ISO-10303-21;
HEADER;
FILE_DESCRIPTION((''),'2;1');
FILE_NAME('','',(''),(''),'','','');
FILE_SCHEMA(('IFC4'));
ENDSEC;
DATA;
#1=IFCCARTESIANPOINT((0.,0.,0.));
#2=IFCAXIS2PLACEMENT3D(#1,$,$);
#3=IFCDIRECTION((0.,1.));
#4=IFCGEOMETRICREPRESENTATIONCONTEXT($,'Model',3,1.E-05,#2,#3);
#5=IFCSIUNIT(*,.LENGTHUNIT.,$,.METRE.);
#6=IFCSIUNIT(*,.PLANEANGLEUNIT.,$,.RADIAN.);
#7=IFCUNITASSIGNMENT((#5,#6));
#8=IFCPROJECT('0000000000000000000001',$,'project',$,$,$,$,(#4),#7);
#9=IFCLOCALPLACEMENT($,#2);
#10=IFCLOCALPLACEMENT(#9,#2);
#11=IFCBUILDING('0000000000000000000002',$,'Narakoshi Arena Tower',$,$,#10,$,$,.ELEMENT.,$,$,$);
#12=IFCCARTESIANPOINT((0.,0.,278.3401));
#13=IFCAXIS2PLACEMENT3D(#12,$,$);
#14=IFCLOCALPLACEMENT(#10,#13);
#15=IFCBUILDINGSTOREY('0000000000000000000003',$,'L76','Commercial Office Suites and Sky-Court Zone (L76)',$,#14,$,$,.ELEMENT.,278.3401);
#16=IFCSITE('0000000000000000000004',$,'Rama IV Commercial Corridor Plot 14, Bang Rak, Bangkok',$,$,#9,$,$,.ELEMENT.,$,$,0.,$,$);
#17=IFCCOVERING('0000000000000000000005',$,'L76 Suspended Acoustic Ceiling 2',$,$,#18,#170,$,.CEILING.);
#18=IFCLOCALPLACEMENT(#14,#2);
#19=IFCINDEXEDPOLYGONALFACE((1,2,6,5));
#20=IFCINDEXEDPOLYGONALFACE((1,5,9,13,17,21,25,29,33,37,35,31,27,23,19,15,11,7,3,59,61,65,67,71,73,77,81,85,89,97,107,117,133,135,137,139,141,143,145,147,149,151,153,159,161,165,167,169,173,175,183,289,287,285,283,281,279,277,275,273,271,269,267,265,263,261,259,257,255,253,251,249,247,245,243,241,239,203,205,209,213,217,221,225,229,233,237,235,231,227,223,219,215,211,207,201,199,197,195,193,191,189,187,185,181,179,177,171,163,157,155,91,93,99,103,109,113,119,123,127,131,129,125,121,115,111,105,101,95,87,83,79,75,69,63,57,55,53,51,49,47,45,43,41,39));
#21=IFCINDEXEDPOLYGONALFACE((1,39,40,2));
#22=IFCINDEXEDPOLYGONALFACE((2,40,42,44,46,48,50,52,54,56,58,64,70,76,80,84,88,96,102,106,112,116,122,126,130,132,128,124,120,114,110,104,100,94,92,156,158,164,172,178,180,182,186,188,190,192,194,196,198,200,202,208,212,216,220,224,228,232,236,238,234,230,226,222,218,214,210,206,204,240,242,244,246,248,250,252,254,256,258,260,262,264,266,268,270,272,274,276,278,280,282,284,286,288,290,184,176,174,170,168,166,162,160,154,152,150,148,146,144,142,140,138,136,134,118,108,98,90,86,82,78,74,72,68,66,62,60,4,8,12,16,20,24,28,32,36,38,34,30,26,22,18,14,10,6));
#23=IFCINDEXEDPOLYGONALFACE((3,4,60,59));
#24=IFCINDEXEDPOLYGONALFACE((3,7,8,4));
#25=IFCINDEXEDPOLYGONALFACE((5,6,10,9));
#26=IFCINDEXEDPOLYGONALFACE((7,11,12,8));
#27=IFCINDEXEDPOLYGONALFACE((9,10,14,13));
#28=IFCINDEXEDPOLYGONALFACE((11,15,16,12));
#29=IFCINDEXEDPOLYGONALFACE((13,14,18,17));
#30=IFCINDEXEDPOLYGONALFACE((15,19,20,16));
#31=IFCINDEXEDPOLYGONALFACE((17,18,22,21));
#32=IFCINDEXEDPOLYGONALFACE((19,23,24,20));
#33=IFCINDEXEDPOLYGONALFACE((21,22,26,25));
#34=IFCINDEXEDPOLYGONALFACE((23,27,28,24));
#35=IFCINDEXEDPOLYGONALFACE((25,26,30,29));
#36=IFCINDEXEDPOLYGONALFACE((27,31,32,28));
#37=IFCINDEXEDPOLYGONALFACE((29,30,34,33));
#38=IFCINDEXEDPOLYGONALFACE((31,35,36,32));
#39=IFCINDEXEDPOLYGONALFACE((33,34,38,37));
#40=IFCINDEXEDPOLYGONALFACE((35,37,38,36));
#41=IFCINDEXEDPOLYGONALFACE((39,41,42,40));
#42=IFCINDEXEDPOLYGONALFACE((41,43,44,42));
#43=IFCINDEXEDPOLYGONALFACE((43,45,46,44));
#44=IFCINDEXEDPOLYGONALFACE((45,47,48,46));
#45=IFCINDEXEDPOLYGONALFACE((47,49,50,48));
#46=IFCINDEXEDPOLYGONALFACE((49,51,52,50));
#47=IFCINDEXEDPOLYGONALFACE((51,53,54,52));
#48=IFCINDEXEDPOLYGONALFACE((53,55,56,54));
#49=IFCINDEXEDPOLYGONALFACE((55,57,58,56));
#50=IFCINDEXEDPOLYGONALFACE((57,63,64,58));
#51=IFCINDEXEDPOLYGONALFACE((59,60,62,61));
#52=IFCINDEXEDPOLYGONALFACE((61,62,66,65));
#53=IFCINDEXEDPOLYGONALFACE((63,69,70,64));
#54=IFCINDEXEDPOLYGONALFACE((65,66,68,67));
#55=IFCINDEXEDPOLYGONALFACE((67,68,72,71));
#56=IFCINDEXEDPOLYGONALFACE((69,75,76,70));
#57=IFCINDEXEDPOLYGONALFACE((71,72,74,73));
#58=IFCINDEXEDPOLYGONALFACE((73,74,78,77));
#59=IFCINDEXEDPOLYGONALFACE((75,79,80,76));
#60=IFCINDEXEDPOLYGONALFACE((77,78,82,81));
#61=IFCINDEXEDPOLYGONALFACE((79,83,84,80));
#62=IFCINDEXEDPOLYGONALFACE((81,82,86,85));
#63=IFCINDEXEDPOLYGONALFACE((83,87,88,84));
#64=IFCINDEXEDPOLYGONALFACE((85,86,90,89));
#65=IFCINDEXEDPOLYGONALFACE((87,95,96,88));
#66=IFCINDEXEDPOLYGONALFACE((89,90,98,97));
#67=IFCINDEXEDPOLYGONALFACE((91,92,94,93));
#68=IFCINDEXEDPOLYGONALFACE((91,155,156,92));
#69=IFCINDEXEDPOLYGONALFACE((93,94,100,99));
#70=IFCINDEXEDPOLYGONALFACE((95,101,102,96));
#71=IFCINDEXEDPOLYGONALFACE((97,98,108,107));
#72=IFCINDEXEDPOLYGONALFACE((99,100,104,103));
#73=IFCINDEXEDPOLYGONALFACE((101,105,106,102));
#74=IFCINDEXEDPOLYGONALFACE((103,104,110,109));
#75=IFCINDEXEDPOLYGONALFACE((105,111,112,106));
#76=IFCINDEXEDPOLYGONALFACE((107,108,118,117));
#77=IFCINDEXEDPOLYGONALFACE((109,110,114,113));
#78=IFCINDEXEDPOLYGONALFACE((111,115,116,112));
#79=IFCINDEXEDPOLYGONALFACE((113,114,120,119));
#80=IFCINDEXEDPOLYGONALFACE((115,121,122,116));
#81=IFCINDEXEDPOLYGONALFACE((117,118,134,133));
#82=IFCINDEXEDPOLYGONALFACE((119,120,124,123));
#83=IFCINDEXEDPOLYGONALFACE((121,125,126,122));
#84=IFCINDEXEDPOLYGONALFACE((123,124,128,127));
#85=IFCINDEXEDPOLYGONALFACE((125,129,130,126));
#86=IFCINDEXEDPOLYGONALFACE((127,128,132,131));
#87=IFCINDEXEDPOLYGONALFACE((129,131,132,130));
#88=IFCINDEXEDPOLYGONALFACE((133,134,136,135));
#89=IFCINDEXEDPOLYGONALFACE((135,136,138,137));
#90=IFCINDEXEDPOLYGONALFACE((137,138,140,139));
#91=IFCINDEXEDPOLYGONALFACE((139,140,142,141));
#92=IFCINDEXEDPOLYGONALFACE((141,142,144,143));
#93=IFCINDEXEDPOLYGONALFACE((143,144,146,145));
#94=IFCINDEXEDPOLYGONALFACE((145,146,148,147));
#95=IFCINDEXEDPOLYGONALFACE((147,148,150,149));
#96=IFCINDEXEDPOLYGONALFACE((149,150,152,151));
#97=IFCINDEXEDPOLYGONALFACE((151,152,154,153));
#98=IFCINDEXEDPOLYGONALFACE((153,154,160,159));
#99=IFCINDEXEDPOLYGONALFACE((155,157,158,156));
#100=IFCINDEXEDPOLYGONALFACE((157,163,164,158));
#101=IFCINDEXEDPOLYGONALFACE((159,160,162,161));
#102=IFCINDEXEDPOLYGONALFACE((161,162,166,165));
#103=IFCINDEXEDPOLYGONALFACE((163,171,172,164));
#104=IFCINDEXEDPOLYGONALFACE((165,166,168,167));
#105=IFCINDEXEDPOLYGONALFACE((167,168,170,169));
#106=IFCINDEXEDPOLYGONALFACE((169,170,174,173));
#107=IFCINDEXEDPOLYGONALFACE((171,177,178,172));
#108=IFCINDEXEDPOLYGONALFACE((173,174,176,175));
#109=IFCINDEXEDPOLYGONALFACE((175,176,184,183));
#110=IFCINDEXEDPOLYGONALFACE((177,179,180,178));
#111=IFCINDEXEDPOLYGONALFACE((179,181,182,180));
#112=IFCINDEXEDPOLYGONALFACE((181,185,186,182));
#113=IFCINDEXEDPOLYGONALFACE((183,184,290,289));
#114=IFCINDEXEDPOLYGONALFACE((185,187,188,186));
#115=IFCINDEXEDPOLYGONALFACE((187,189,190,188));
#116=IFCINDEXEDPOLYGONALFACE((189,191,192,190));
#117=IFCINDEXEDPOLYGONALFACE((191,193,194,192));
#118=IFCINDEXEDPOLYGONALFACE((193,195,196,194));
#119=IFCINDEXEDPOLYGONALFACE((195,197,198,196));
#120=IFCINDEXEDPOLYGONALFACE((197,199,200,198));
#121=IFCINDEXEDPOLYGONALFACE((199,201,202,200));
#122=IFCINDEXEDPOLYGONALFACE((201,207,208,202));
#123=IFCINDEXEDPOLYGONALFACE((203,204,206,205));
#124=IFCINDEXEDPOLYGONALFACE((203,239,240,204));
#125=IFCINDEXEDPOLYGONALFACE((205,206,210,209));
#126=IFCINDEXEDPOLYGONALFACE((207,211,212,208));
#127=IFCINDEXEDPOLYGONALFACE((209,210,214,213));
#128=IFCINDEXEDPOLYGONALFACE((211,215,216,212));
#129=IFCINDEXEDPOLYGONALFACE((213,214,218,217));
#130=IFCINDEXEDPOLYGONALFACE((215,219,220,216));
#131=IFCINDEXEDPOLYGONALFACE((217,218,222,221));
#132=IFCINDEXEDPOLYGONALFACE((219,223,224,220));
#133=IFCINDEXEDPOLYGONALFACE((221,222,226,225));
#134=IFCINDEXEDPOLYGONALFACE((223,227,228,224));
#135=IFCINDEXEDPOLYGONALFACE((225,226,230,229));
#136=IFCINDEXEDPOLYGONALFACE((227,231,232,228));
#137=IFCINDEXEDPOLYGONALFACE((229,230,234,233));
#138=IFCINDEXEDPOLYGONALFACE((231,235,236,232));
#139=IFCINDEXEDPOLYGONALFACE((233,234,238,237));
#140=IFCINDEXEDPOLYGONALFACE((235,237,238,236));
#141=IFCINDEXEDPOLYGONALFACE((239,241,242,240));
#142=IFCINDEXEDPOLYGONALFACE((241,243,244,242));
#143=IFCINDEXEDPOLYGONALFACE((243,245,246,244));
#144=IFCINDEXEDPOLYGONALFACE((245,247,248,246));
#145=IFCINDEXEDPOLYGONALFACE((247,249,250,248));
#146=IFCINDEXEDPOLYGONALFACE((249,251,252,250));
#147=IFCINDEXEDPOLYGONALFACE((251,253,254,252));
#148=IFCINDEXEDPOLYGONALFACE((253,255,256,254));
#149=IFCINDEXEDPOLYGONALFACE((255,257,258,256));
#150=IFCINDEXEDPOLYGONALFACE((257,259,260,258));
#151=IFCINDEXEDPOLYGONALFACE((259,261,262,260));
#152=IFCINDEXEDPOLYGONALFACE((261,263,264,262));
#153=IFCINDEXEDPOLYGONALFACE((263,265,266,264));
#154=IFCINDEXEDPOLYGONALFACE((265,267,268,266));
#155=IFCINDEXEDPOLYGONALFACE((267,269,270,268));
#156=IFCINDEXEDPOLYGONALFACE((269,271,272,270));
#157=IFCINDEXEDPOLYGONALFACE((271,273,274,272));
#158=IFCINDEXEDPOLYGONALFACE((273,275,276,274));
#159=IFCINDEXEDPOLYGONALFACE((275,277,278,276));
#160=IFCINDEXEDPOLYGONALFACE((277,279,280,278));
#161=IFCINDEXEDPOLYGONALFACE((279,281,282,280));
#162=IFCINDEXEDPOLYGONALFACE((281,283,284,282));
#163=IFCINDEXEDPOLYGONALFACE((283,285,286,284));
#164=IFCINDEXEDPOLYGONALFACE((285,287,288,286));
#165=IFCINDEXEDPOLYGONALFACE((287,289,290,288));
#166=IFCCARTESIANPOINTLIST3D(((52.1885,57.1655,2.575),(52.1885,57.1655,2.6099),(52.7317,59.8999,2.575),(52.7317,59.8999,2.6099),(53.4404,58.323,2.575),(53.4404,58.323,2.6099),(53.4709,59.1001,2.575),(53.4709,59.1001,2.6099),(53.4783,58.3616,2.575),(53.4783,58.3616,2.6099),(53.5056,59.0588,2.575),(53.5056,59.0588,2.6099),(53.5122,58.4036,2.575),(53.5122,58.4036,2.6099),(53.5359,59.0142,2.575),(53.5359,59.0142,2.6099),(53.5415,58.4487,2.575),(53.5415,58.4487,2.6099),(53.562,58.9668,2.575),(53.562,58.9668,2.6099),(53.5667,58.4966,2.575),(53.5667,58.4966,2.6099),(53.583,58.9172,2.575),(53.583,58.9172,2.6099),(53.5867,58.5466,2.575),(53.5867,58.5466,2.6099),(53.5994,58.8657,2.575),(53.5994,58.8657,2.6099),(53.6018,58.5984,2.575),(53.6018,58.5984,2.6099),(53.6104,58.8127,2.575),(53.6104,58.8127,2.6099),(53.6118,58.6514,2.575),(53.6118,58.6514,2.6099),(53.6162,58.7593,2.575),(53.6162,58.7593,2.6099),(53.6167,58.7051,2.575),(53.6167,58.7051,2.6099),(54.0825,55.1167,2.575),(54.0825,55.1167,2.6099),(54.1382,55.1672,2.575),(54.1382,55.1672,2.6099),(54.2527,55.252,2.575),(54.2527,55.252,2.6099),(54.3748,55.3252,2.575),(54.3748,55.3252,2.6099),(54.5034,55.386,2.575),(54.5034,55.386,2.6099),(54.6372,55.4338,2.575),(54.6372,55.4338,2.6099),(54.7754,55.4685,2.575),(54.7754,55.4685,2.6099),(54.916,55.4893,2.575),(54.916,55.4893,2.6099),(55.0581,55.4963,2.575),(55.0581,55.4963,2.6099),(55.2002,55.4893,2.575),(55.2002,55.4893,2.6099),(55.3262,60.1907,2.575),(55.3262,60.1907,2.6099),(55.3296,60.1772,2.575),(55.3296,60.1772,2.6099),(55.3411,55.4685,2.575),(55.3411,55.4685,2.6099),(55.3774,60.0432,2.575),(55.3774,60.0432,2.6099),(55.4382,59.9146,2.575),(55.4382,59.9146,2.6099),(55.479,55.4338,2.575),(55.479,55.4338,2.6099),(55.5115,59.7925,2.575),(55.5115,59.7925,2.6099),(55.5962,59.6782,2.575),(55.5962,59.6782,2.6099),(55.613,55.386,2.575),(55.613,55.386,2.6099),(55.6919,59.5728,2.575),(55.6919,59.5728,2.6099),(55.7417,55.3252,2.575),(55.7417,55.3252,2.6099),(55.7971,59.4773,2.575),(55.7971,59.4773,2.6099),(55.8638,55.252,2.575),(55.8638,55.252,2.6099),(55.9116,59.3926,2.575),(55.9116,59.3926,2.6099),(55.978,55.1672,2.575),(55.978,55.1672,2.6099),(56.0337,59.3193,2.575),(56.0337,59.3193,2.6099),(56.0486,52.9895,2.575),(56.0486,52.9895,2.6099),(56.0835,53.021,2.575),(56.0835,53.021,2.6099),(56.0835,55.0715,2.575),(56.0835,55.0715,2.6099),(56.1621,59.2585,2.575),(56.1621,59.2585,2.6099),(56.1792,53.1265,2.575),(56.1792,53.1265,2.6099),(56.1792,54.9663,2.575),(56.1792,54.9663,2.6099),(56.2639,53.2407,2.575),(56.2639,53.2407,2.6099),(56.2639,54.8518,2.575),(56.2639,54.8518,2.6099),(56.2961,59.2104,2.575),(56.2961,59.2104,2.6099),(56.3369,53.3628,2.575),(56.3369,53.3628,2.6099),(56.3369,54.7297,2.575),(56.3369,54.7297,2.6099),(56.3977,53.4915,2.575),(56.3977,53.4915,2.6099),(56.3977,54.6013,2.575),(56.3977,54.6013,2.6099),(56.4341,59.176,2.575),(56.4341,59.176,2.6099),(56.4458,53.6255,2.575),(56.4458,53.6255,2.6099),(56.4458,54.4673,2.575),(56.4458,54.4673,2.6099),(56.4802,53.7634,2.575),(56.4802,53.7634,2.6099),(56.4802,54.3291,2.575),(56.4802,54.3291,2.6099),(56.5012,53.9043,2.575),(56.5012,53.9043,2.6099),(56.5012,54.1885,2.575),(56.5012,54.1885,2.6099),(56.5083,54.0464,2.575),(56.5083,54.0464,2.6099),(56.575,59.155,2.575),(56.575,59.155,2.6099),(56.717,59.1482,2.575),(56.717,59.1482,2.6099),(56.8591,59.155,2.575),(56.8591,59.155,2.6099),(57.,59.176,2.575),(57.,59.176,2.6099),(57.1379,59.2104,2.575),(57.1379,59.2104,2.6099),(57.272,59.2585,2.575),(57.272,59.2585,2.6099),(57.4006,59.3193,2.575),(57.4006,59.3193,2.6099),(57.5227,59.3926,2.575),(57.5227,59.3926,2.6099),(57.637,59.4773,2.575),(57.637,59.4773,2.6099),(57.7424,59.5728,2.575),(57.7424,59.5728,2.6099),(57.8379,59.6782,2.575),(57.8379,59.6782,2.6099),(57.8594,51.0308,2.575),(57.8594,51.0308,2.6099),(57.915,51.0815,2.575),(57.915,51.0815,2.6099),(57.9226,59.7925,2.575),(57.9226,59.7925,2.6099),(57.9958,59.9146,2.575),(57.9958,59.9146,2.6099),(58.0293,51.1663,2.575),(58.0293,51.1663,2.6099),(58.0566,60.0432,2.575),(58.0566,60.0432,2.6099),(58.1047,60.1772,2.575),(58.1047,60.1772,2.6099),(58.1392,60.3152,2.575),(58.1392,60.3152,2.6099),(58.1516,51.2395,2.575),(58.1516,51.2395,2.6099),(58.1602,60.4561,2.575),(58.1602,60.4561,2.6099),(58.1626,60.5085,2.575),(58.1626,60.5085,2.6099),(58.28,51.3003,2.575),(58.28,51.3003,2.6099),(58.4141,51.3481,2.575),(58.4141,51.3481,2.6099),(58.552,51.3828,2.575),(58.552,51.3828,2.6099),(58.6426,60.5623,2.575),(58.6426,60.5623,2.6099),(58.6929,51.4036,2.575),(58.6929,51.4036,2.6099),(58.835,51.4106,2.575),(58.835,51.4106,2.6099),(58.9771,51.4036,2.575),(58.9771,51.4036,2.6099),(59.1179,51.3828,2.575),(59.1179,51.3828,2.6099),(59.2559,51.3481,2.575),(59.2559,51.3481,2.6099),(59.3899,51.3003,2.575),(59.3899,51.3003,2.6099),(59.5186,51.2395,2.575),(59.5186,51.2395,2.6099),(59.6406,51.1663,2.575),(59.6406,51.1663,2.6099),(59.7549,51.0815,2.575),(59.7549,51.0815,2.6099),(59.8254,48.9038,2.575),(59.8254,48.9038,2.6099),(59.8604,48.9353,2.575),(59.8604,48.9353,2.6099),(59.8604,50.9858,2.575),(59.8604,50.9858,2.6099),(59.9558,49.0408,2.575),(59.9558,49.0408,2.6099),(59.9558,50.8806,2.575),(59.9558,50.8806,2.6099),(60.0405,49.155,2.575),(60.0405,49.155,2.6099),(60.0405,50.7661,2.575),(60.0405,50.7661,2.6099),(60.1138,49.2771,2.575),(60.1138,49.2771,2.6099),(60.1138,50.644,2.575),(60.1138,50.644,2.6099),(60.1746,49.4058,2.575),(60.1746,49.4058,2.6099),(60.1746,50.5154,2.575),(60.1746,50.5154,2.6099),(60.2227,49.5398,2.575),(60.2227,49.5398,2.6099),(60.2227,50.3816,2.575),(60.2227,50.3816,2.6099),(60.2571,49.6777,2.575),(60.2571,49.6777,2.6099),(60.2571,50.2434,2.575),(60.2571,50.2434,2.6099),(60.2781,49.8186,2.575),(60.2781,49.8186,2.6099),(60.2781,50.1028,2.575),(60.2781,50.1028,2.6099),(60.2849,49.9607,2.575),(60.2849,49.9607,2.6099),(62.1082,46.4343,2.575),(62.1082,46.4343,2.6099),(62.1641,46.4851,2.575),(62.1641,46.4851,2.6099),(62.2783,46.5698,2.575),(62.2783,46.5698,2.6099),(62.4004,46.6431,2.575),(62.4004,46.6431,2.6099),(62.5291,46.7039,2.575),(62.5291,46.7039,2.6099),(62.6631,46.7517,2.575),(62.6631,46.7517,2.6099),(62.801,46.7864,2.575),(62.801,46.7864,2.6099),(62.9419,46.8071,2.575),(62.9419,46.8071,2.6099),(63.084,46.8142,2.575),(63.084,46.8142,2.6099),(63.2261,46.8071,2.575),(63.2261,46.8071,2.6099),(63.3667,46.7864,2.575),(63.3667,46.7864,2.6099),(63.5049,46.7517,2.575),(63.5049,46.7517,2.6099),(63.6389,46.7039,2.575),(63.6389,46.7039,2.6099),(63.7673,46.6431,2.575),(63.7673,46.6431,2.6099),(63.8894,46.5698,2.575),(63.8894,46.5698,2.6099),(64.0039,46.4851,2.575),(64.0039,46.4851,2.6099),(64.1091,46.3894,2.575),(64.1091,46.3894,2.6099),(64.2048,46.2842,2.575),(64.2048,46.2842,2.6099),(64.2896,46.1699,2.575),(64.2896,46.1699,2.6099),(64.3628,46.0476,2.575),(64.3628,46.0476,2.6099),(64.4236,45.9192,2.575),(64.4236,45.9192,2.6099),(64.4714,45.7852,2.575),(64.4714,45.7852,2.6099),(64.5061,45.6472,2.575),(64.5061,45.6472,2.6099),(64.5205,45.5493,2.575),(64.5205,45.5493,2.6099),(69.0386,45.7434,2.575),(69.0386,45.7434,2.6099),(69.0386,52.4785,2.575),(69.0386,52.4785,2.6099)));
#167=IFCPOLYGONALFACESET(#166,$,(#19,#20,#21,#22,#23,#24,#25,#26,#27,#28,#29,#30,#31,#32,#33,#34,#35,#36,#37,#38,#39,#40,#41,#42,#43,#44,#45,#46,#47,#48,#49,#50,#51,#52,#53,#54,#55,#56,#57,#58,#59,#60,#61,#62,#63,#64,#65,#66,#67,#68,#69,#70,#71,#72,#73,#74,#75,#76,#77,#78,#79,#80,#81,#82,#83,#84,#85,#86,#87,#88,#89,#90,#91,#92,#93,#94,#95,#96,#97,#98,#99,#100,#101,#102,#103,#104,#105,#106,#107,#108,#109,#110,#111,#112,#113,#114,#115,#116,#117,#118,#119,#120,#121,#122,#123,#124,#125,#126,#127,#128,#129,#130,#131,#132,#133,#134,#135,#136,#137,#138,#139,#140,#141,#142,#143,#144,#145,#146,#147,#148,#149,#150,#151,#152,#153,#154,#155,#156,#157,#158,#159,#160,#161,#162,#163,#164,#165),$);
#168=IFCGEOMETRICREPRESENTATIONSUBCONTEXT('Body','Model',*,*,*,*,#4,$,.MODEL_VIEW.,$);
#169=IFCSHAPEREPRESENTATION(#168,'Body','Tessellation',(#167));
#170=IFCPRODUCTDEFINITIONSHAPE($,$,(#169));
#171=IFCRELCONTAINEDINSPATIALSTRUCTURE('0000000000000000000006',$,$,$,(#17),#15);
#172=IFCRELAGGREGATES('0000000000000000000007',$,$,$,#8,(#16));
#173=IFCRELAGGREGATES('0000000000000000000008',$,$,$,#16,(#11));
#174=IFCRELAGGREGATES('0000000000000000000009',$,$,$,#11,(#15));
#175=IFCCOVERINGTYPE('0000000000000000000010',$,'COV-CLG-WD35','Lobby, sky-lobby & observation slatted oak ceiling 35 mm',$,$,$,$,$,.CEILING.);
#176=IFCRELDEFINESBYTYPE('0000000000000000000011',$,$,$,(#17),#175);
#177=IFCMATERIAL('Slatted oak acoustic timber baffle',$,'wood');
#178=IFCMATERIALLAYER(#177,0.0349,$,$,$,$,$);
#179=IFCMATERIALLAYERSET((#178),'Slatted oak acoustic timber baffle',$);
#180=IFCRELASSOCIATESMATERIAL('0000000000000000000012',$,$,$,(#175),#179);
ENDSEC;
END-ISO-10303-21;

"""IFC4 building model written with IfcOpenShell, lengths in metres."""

from ifc_helpers import new_model, si_unit, direction, frame, origin, place, context, subcontext, project, spatial, polyline, outline, extrude, material, layer, layer_set, type_object, element, save


model = new_model("IFC4")

# Units and contexts
model_context = context("Model", 3, precision=1e-05, world=origin(), true_north=direction((0.0, 1.0)))
body_context = subcontext(model_context, "Body", "Model", "MODEL_VIEW")
ifc_project = project(units=[si_unit("LENGTHUNIT", "METRE"), si_unit("PLANEANGLEUNIT", "RADIAN")], contexts=[model_context])

# Site, building, storey
site_placement = place(None, origin())
site = spatial("IfcSite", under=ifc_project, at=site_placement, Name="Rama IV Commercial Corridor Plot 14, Bang Rak, Bangkok", CompositionType="ELEMENT", RefElevation=0.0)
building_placement = place(site_placement, origin())
building = spatial("IfcBuilding", under=site, at=building_placement, Name="Narakoshi Arena Tower", CompositionType="ELEMENT")
storey_placement = place(building_placement, frame((0.0, 0.0, 278.3401)))
storey = spatial("IfcBuildingStorey", under=building, at=storey_placement, Name="L76", Description="Commercial Office Suites and Sky-Court Zone (L76)", CompositionType="ELEMENT", Elevation=278.3401)

# Covering
ifc_material_1 = material(Name="Slatted oak acoustic timber baffle", Category="wood")
ifc_layer_1 = layer(ifc_material_1, 0.0349)
ifc_layer_set_1 = layer_set([ifc_layer_1], Name="Slatted oak acoustic timber baffle")
covering_type_1 = type_object("IfcCoveringType", Name="COV-CLG-WD35", Description="Lobby, sky-lobby & observation slatted oak ceiling 35 mm", PredefinedType="CEILING", material=ifc_layer_set_1)
covering_1_placement = place(storey_placement, frame((0.0, 0.0, 2.575)))
element("IfcCovering", 1, at=covering_1_placement, inside=storey, type_object=covering_type_1, Name="L76 Suspended Acoustic Ceiling 2", PredefinedType="CEILING", context=body_context, shape_type="SweptSolid", body=[
    extrude(outline(polyline([(55.3262, 60.1907), (55.3296, 60.1772), (55.3774, 60.0432), (55.4382, 59.9146), (55.5115, 59.7925), (55.5962, 59.6782), (55.6919, 59.5728), (55.7971, 59.4773), (55.9116, 59.3926), (56.0337, 59.3193), (56.1621, 59.2585), (56.2961, 59.2104), (56.4341, 59.176), (56.575, 59.155), (56.717, 59.1482), (56.8591, 59.155), (57.0, 59.176), (57.1379, 59.2104), (57.272, 59.2585), (57.4006, 59.3193), (57.5227, 59.3926), (57.637, 59.4773), (57.7424, 59.5728), (57.8379, 59.6782), (57.9226, 59.7925), (57.9958, 59.9146), (58.0566, 60.0432), (58.1047, 60.1772), (58.1392, 60.3152), (58.1602, 60.4561), (58.1626, 60.5085), (58.6426, 60.5623), (69.0386, 52.4785), (69.0386, 45.7434), (64.5205, 45.5493), (64.5061, 45.6472), (64.4714, 45.7852), (64.4236, 45.9192), (64.3628, 46.0476), (64.2896, 46.1699), (64.2048, 46.2842), (64.1091, 46.3894), (64.0039, 46.4851), (63.8894, 46.5698), (63.7673, 46.6431), (63.6389, 46.7039), (63.5049, 46.7517), (63.3667, 46.7864), (63.2261, 46.8071), (63.084, 46.8142), (62.9419, 46.8071), (62.801, 46.7864), (62.6631, 46.7517), (62.5291, 46.7039), (62.4004, 46.6431), (62.2783, 46.5698), (62.1641, 46.4851), (62.1082, 46.4343), (59.8254, 48.9038), (59.8604, 48.9353), (59.9558, 49.0408), (60.0405, 49.155), (60.1138, 49.2771), (60.1746, 49.4058), (60.2227, 49.5398), (60.2571, 49.6777), (60.2781, 49.8186), (60.2849, 49.9607), (60.2781, 50.1028), (60.2571, 50.2434), (60.2227, 50.3816), (60.1746, 50.5154), (60.1138, 50.644), (60.0405, 50.7661), (59.9558, 50.8806), (59.8604, 50.9858), (59.7549, 51.0815), (59.6406, 51.1663), (59.5186, 51.2395), (59.3899, 51.3003), (59.2559, 51.3481), (59.1179, 51.3828), (58.9771, 51.4036), (58.835, 51.4106), (58.6929, 51.4036), (58.552, 51.3828), (58.4141, 51.3481), (58.28, 51.3003), (58.1516, 51.2395), (58.0293, 51.1663), (57.915, 51.0815), (57.8594, 51.0308), (56.0486, 52.9895), (56.0835, 53.021), (56.1792, 53.1265), (56.2639, 53.2407), (56.3369, 53.3628), (56.3977, 53.4915), (56.4458, 53.6255), (56.4802, 53.7634), (56.5012, 53.9043), (56.5083, 54.0464), (56.5012, 54.1885), (56.4802, 54.3291), (56.4458, 54.4673), (56.3977, 54.6013), (56.3369, 54.7297), (56.2639, 54.8518), (56.1792, 54.9663), (56.0835, 55.0715), (55.978, 55.1672), (55.8638, 55.252), (55.7417, 55.3252), (55.613, 55.386), (55.479, 55.4338), (55.3411, 55.4685), (55.2002, 55.4893), (55.0581, 55.4963), (54.916, 55.4893), (54.7754, 55.4685), (54.6372, 55.4338), (54.5034, 55.386), (54.3748, 55.3252), (54.2527, 55.252), (54.1382, 55.1672), (54.0825, 55.1167), (52.1885, 57.1655), (53.4404, 58.323), (53.4783, 58.3616), (53.5122, 58.4036), (53.5415, 58.4487), (53.5667, 58.4966), (53.5867, 58.5466), (53.6018, 58.5984), (53.6118, 58.6514), (53.6167, 58.7051), (53.6162, 58.7593), (53.6104, 58.8127), (53.5994, 58.8657), (53.583, 58.9172), (53.562, 58.9668), (53.5359, 59.0142), (53.5056, 59.0588), (53.4709, 59.1001), (52.7317, 59.8999), (55.3262, 60.1907)])), origin(), (0.0, 0.0, 1.0), 0.0349),
])

save(model, "model.ifc")
